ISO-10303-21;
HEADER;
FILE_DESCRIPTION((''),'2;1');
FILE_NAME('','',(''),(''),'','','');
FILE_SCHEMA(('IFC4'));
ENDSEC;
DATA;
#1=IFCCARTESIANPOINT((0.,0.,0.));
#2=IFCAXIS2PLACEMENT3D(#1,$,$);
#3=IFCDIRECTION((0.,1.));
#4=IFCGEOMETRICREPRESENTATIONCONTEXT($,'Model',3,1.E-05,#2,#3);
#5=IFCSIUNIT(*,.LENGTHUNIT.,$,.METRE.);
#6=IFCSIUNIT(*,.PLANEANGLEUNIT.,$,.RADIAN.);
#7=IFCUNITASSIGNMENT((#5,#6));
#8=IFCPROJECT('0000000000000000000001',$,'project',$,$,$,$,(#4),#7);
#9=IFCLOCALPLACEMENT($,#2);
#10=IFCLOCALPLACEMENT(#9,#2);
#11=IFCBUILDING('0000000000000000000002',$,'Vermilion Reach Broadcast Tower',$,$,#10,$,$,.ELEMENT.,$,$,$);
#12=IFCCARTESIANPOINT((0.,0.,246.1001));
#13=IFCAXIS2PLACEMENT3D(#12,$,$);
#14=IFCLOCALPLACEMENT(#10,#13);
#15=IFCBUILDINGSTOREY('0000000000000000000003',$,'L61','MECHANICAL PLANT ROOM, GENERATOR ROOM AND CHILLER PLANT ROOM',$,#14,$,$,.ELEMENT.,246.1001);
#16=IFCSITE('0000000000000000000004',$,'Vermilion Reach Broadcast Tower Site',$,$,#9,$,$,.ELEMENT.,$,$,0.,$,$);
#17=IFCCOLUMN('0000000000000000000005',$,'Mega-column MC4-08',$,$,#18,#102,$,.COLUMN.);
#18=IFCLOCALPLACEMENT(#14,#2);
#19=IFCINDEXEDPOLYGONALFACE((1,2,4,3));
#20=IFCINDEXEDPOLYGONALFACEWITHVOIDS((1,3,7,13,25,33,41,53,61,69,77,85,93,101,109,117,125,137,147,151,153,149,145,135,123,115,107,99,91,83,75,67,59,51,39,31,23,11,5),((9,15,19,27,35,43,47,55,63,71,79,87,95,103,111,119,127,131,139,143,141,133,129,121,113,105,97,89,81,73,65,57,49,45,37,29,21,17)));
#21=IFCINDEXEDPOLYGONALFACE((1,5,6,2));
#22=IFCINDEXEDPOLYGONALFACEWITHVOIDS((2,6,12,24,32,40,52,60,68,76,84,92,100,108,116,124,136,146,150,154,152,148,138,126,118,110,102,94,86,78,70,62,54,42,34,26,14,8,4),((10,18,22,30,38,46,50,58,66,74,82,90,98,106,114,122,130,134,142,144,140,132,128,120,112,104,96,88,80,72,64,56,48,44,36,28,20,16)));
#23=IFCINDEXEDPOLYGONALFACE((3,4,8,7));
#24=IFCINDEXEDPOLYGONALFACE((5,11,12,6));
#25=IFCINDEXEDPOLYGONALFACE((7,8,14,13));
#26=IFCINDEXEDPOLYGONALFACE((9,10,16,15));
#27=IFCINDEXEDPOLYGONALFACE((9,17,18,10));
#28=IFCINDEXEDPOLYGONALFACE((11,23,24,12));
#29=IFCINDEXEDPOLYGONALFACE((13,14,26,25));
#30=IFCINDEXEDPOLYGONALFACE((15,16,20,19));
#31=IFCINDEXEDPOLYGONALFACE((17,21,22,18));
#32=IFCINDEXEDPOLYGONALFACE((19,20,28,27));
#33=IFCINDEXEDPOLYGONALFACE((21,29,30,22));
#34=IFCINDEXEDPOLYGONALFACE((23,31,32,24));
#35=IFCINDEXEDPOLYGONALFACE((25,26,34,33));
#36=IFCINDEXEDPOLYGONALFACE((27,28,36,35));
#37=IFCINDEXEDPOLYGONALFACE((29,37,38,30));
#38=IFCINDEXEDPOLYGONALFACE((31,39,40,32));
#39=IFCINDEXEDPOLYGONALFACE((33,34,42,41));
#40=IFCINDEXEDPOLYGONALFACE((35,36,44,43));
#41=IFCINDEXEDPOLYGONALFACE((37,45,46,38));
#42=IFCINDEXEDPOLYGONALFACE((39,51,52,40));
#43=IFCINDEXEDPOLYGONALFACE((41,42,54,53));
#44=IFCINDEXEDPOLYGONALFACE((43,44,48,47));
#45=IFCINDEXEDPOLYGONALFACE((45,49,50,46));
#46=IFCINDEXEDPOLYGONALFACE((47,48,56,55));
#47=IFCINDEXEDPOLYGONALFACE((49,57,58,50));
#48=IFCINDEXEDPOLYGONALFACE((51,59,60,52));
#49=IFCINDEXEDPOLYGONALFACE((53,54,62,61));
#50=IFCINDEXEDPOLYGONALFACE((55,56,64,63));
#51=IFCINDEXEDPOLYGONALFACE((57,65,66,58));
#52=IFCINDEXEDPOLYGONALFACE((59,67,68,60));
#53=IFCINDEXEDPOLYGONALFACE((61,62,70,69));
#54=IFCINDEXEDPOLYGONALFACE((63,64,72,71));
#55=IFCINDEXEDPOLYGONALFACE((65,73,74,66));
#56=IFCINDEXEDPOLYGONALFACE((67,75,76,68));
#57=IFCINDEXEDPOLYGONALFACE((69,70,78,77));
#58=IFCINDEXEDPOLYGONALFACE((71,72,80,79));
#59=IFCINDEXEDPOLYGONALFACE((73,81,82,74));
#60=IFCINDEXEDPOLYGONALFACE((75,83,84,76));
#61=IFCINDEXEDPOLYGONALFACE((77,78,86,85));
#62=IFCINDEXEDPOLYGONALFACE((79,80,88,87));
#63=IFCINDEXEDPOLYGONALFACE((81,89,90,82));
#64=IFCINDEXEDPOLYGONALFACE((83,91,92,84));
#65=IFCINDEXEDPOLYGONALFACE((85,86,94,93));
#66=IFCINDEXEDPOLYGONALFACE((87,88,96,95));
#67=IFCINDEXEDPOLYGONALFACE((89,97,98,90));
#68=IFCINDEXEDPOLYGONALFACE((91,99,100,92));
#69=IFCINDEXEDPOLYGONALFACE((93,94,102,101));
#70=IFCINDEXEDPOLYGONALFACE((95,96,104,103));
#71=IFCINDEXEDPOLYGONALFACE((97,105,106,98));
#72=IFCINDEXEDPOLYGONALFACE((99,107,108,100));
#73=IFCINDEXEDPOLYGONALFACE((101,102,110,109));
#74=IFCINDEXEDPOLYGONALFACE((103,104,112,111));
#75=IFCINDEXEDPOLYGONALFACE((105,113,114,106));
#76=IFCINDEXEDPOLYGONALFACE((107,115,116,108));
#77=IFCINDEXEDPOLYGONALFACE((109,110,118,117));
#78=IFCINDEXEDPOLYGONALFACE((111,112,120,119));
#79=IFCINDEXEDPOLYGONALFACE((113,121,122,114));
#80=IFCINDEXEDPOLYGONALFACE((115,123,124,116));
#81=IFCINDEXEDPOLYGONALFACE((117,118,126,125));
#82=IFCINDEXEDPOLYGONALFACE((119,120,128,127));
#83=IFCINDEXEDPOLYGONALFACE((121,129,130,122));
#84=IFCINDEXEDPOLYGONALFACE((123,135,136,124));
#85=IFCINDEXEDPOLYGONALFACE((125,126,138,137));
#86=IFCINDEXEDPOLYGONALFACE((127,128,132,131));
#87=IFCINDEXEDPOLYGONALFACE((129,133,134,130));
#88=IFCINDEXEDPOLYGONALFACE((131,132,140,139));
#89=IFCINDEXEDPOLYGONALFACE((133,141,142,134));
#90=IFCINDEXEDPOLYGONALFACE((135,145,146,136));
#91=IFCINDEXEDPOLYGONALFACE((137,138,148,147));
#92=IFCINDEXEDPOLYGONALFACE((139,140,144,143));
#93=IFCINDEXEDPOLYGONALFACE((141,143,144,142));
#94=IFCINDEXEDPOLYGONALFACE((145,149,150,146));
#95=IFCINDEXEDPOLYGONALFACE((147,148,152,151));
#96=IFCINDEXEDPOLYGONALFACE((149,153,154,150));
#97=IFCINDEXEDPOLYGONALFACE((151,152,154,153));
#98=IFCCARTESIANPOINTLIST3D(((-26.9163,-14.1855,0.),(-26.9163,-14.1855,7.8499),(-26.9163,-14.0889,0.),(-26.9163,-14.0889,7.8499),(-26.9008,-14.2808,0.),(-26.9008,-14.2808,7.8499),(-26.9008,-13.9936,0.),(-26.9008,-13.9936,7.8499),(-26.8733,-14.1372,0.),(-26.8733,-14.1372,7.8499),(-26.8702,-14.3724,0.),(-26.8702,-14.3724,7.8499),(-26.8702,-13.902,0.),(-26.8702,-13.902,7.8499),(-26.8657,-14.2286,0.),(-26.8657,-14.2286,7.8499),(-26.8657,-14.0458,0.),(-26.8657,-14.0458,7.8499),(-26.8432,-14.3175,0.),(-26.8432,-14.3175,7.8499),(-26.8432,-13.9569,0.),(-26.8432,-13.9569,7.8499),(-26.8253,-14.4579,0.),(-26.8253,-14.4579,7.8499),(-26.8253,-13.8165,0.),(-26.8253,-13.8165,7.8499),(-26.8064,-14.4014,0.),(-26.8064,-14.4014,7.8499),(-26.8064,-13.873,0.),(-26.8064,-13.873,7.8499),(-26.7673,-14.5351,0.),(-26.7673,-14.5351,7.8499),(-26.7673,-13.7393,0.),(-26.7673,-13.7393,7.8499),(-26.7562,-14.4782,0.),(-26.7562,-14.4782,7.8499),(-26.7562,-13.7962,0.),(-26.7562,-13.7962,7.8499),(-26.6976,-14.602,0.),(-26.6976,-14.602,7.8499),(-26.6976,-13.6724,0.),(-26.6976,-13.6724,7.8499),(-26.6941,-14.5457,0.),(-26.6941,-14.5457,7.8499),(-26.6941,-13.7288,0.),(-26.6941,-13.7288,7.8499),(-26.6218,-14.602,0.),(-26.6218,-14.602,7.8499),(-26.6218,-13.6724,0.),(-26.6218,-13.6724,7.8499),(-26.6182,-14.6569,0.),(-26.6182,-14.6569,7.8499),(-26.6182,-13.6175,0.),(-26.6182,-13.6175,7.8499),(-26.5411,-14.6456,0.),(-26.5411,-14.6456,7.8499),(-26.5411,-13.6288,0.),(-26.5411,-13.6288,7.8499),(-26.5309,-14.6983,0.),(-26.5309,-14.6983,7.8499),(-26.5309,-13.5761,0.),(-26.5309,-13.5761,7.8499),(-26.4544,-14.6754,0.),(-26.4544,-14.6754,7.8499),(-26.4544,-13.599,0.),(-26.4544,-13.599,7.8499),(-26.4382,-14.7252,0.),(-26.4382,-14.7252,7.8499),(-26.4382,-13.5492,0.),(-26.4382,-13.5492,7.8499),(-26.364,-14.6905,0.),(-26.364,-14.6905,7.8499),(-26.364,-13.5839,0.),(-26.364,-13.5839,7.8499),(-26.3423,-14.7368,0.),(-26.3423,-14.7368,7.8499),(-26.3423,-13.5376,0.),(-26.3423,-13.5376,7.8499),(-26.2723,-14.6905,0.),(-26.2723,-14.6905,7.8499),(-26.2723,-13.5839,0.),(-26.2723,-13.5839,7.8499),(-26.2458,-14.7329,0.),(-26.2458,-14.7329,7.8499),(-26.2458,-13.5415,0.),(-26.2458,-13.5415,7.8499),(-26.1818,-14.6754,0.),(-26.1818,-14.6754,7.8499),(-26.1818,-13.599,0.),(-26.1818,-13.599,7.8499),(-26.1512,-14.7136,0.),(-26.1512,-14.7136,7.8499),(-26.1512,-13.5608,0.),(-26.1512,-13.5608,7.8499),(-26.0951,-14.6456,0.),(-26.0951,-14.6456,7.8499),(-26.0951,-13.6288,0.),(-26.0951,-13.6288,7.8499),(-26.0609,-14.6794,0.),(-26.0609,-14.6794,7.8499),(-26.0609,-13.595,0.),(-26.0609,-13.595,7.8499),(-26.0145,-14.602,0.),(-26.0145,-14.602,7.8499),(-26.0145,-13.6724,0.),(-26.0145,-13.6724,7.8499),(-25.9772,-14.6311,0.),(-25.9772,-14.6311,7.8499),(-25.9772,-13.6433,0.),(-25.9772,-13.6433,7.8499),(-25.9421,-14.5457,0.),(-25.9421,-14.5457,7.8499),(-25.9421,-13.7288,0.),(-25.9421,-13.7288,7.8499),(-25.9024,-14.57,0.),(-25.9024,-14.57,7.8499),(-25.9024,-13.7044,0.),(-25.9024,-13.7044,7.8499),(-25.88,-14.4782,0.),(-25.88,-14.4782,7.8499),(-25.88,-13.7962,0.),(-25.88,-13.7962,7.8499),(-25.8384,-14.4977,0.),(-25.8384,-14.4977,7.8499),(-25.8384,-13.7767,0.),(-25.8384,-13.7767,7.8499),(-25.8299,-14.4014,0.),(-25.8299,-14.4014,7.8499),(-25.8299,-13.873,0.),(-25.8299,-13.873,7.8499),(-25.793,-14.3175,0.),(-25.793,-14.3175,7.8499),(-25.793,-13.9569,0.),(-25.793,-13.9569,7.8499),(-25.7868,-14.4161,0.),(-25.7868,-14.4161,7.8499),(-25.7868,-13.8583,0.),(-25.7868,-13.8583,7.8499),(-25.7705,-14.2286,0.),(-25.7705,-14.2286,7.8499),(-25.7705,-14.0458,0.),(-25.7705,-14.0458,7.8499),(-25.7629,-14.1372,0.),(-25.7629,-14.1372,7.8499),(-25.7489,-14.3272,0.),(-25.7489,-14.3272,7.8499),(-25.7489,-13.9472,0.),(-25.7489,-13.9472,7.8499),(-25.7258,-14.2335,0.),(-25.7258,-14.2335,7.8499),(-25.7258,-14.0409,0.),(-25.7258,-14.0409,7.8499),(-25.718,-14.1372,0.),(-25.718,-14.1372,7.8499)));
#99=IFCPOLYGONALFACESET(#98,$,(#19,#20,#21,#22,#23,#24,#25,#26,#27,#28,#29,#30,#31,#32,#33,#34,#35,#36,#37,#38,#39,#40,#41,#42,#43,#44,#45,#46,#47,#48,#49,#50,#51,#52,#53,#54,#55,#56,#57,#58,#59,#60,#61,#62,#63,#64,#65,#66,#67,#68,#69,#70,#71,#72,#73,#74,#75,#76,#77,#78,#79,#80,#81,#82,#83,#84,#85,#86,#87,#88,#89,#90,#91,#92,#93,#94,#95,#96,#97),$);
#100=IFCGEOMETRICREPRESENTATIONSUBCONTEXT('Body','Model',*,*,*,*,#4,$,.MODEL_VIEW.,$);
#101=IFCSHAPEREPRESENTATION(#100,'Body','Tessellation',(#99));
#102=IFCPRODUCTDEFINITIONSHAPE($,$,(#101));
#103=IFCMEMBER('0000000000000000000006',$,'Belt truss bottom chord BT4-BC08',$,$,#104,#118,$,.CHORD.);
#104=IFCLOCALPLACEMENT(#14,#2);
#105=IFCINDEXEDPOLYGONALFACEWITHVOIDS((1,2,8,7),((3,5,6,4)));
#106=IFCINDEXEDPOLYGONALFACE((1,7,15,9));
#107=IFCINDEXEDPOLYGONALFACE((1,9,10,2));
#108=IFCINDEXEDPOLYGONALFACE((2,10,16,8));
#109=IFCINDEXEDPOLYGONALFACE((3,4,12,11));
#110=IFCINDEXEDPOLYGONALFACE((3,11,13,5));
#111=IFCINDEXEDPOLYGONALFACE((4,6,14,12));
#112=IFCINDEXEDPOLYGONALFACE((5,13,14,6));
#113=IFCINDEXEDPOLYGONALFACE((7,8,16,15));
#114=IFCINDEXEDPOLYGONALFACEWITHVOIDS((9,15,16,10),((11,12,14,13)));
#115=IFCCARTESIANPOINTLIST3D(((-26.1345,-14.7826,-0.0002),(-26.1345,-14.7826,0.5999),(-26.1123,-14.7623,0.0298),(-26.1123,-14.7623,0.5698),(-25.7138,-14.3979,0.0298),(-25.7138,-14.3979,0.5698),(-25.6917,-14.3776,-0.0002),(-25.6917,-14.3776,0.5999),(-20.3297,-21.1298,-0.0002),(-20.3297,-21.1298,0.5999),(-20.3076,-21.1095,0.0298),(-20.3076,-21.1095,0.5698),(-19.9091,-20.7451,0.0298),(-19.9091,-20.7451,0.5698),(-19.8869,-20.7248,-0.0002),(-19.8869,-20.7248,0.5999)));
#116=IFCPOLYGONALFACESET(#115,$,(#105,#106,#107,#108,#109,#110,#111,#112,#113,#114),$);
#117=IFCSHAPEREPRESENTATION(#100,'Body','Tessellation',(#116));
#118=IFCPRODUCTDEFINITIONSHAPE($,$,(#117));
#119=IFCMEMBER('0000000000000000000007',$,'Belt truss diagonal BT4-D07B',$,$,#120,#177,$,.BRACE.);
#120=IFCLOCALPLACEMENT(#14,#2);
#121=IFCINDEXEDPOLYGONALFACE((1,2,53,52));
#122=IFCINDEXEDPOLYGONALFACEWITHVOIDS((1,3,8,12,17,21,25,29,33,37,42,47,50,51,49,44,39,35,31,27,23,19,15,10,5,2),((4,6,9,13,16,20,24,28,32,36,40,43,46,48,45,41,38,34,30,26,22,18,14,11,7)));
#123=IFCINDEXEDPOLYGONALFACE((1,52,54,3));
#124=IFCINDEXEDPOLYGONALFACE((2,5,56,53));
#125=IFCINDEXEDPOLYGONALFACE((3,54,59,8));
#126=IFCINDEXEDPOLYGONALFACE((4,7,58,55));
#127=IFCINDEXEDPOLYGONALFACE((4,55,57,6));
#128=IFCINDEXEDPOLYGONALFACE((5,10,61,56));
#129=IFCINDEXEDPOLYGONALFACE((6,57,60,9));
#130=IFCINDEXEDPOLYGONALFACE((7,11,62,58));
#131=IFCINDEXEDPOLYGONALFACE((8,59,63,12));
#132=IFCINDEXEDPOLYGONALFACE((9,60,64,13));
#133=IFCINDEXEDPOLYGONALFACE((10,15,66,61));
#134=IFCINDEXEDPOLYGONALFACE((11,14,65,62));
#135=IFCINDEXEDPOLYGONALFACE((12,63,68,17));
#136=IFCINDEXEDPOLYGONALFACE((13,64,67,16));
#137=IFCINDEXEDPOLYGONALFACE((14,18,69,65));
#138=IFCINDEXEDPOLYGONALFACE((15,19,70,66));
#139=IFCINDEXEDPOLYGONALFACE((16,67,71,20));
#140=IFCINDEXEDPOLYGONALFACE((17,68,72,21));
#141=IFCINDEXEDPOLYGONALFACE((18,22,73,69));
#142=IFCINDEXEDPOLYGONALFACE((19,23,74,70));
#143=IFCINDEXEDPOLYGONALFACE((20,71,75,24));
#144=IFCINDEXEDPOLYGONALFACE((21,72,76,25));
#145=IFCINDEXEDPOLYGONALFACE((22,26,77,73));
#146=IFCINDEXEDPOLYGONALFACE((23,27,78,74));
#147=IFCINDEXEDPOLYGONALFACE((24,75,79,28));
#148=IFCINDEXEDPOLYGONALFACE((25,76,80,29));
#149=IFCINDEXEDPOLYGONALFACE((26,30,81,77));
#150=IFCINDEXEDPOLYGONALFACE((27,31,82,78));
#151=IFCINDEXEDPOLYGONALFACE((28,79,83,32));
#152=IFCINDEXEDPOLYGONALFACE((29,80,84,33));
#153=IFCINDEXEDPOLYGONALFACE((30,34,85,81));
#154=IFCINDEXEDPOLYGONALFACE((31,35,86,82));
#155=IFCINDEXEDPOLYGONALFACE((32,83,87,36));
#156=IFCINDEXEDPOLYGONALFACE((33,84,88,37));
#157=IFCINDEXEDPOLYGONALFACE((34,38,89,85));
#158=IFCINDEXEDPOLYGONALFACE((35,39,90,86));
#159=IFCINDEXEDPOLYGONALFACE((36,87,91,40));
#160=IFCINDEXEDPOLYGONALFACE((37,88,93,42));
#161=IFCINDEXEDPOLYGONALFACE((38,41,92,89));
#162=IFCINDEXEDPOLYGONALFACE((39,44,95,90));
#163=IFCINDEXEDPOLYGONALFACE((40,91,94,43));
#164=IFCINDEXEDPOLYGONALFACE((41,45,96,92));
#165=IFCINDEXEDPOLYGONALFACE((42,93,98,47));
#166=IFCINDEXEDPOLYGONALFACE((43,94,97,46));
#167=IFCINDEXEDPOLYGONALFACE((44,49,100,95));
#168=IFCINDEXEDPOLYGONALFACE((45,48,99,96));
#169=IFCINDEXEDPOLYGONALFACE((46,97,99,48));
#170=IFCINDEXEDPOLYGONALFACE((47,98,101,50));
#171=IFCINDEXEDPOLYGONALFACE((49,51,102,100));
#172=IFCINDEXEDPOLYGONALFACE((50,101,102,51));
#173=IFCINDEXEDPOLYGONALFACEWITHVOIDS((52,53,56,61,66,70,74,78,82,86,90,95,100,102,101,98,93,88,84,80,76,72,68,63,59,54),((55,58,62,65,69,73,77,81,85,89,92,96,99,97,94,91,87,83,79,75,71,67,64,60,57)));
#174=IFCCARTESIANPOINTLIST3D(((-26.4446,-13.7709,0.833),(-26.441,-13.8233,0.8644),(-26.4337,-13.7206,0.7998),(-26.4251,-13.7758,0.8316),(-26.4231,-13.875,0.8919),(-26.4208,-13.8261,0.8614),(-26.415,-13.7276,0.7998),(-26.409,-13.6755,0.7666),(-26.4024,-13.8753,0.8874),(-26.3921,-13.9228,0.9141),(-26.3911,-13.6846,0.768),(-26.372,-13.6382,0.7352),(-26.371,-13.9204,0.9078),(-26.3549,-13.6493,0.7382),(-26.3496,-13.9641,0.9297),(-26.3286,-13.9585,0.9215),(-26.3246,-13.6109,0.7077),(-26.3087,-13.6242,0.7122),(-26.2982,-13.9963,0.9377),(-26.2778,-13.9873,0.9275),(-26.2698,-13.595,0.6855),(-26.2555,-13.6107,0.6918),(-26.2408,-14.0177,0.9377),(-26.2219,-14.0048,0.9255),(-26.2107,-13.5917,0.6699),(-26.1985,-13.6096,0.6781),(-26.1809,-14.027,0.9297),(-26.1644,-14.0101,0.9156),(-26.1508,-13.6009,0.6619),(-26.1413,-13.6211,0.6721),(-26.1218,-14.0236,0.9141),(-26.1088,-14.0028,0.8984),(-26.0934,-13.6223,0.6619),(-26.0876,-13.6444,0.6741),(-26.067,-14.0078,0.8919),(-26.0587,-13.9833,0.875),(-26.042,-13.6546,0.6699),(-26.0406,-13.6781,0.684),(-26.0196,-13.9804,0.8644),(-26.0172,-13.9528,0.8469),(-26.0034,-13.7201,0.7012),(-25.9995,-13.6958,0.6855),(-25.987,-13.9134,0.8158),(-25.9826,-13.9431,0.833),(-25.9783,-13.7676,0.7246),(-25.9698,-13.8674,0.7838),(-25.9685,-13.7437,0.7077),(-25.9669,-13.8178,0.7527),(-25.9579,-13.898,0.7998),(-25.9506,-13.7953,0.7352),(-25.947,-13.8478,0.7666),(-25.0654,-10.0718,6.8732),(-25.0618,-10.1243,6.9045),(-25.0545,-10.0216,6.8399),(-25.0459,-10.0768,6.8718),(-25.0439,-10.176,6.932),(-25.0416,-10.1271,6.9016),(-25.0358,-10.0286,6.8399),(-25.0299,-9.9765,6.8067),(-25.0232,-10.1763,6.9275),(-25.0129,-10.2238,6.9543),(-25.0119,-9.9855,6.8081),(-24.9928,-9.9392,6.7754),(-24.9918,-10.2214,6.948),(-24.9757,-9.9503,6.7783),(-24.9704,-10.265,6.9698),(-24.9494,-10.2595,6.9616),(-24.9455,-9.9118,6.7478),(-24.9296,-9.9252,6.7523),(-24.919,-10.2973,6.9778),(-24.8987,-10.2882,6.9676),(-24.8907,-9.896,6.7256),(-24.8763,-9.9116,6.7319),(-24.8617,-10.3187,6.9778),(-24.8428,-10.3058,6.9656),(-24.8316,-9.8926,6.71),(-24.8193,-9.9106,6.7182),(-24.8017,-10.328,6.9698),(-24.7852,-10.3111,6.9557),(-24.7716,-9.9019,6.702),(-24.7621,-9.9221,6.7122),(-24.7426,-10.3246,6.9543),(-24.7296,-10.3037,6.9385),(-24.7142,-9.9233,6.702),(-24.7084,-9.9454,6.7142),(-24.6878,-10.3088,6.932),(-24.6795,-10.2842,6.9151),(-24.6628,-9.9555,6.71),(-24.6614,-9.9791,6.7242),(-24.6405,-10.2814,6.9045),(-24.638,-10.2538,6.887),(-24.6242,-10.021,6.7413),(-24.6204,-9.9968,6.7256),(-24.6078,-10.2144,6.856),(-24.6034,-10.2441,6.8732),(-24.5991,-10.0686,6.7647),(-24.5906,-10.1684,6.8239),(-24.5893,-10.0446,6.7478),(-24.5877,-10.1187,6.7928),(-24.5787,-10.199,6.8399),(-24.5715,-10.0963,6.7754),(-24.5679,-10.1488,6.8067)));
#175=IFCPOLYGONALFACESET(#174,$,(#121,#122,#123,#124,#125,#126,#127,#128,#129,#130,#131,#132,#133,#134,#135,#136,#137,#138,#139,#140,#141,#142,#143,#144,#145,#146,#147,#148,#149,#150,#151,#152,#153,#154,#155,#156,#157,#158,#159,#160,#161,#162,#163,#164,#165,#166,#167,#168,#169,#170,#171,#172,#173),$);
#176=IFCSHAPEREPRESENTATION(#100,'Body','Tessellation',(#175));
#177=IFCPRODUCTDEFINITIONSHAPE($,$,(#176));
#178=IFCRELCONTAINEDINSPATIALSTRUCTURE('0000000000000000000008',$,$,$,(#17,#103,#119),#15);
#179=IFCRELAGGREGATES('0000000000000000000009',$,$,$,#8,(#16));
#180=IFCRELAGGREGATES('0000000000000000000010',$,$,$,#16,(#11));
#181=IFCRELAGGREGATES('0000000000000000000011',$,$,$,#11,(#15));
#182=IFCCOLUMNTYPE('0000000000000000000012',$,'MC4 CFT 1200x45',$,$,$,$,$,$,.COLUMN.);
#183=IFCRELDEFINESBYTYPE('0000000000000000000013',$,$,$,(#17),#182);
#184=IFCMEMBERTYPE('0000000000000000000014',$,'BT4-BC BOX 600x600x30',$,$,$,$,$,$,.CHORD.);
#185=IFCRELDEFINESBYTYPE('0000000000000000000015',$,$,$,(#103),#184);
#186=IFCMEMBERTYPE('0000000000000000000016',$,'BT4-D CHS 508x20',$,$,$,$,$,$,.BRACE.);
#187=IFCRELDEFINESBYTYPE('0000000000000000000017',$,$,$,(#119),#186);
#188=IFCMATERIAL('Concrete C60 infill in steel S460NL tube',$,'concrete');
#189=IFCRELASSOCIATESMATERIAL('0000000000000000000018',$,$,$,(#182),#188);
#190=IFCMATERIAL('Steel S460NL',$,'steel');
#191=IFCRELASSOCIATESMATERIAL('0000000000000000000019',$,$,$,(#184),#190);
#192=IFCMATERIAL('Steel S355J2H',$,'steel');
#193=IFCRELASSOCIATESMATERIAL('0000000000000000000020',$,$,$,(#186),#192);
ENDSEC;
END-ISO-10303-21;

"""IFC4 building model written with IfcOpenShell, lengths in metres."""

from ifc_helpers import new_model, si_unit, direction, frame, origin, origin_2d, place, context, subcontext, project, spatial, hollow_rectangle, hollow_circle, extrude, material, material_profile, profile_set, type_object, element, save


model = new_model("IFC4")

# Units and contexts
model_context = context("Model", 3, precision=1e-05, world=origin(), true_north=direction((0.0, 1.0)))
body_context = subcontext(model_context, "Body", "Model", "MODEL_VIEW")
ifc_project = project(units=[si_unit("LENGTHUNIT", "METRE"), si_unit("PLANEANGLEUNIT", "RADIAN")], contexts=[model_context])

# Site, building, storey
site_placement = place(None, origin())
site = spatial("IfcSite", under=ifc_project, at=site_placement, Name="Vermilion Reach Broadcast Tower Site", CompositionType="ELEMENT", RefElevation=0.0)
building_placement = place(site_placement, origin())
building = spatial("IfcBuilding", under=site, at=building_placement, Name="Vermilion Reach Broadcast Tower", CompositionType="ELEMENT")
storey_placement = place(building_placement, frame((0.0, 0.0, 246.1001)))
storey = spatial("IfcBuildingStorey", under=building, at=storey_placement, Name="L61", Description="MECHANICAL PLANT ROOM, GENERATOR ROOM AND CHILLER PLANT ROOM", CompositionType="ELEMENT", Elevation=246.1001)

# Column
ifc_material_1 = material(Name="Concrete C60 infill in steel S460NL tube", Category="concrete")
ifc_material_profile_1 = material_profile(ifc_material_1, hollow_circle(Radius=0.6001, WallThickness=0.0449, at=origin_2d()), Name="Concrete C60 infill in steel S460NL tube CFT 1200x45")
ifc_profile_set_1 = profile_set([ifc_material_profile_1], Name="Concrete C60 infill in steel S460NL tube")
column_type = type_object("IfcColumnType", Name="MC4 CFT 1200x45", PredefinedType="COLUMN", material=ifc_profile_set_1)
column_placement = place(storey_placement, frame((-26.3181, -14.1372, 0.0), z_axis=(0.0, 0.0, 1.0), x_axis=(1.0, 0.0, 0.0)))
element("IfcColumn", 1, at=column_placement, inside=storey, type_object=column_type, Name="Mega-column MC4-08", PredefinedType="COLUMN", context=body_context, shape_type="SweptSolid", body=[
    extrude(hollow_circle(Radius=0.6001, WallThickness=0.0449, at=origin_2d()), origin(), (0.0, 0.0, 1.0), 7.8499),
])

# Members
ifc_material_2 = material(Name="Steel S460NL", Category="steel")
ifc_material_profile_2 = material_profile(ifc_material_2, hollow_rectangle(XDim=0.6001, YDim=0.6001, WallThickness=0.03, at=origin_2d()), Name="S460NL BOX 600x600x30")
ifc_profile_set_2 = profile_set([ifc_material_profile_2], Name="Steel S460NL")
member_type_1 = type_object("IfcMemberType", Name="BT4-BC BOX 600x600x30", PredefinedType="CHORD", material=ifc_profile_set_2)
member_1_placement = place(storey_placement, frame((-25.9131, -14.5801, 0.2998), z_axis=(0.674868, -0.737938, 0.0), x_axis=(0.737938, 0.674868, 0.0)))
element("IfcMember", 2, at=member_1_placement, inside=storey, type_object=member_type_1, Name="Belt truss bottom chord BT4-BC08", PredefinedType="CHORD", context=body_context, shape_type="SweptSolid", body=[
    extrude(hollow_rectangle(XDim=0.6001, YDim=0.6001, WallThickness=0.03, at=origin_2d()), origin(), (0.0, 0.0, 1.0), 8.6013),
])
ifc_material_3 = material(Name="Steel S355J2H", Category="steel")
ifc_material_profile_3 = material_profile(ifc_material_3, hollow_circle(Radius=0.2539, WallThickness=0.02, at=origin_2d()), Name="S355J2H CHS 508x20")
ifc_profile_set_3 = profile_set([ifc_material_profile_3], Name="Steel S355J2H")
member_type_2 = type_object("IfcMemberType", Name="BT4-D CHS 508x20", PredefinedType="BRACE", material=ifc_profile_set_3)
member_2_placement = place(storey_placement, frame((-26.1958, -13.8093, 0.7998), z_axis=(0.191131, 0.512628, 0.837067), x_axis=(-0.936991, 0.349354, 0.0)))
element("IfcMember", 3, at=member_2_placement, inside=storey, type_object=member_type_2, Name="Belt truss diagonal BT4-D07B", PredefinedType="BRACE", context=body_context, shape_type="SweptSolid", body=[
    extrude(hollow_circle(Radius=0.2539, WallThickness=0.02, at=origin_2d()), origin(), (0.0, 0.0, 1.0), 7.2158),
])

save(model, "model.ifc")
